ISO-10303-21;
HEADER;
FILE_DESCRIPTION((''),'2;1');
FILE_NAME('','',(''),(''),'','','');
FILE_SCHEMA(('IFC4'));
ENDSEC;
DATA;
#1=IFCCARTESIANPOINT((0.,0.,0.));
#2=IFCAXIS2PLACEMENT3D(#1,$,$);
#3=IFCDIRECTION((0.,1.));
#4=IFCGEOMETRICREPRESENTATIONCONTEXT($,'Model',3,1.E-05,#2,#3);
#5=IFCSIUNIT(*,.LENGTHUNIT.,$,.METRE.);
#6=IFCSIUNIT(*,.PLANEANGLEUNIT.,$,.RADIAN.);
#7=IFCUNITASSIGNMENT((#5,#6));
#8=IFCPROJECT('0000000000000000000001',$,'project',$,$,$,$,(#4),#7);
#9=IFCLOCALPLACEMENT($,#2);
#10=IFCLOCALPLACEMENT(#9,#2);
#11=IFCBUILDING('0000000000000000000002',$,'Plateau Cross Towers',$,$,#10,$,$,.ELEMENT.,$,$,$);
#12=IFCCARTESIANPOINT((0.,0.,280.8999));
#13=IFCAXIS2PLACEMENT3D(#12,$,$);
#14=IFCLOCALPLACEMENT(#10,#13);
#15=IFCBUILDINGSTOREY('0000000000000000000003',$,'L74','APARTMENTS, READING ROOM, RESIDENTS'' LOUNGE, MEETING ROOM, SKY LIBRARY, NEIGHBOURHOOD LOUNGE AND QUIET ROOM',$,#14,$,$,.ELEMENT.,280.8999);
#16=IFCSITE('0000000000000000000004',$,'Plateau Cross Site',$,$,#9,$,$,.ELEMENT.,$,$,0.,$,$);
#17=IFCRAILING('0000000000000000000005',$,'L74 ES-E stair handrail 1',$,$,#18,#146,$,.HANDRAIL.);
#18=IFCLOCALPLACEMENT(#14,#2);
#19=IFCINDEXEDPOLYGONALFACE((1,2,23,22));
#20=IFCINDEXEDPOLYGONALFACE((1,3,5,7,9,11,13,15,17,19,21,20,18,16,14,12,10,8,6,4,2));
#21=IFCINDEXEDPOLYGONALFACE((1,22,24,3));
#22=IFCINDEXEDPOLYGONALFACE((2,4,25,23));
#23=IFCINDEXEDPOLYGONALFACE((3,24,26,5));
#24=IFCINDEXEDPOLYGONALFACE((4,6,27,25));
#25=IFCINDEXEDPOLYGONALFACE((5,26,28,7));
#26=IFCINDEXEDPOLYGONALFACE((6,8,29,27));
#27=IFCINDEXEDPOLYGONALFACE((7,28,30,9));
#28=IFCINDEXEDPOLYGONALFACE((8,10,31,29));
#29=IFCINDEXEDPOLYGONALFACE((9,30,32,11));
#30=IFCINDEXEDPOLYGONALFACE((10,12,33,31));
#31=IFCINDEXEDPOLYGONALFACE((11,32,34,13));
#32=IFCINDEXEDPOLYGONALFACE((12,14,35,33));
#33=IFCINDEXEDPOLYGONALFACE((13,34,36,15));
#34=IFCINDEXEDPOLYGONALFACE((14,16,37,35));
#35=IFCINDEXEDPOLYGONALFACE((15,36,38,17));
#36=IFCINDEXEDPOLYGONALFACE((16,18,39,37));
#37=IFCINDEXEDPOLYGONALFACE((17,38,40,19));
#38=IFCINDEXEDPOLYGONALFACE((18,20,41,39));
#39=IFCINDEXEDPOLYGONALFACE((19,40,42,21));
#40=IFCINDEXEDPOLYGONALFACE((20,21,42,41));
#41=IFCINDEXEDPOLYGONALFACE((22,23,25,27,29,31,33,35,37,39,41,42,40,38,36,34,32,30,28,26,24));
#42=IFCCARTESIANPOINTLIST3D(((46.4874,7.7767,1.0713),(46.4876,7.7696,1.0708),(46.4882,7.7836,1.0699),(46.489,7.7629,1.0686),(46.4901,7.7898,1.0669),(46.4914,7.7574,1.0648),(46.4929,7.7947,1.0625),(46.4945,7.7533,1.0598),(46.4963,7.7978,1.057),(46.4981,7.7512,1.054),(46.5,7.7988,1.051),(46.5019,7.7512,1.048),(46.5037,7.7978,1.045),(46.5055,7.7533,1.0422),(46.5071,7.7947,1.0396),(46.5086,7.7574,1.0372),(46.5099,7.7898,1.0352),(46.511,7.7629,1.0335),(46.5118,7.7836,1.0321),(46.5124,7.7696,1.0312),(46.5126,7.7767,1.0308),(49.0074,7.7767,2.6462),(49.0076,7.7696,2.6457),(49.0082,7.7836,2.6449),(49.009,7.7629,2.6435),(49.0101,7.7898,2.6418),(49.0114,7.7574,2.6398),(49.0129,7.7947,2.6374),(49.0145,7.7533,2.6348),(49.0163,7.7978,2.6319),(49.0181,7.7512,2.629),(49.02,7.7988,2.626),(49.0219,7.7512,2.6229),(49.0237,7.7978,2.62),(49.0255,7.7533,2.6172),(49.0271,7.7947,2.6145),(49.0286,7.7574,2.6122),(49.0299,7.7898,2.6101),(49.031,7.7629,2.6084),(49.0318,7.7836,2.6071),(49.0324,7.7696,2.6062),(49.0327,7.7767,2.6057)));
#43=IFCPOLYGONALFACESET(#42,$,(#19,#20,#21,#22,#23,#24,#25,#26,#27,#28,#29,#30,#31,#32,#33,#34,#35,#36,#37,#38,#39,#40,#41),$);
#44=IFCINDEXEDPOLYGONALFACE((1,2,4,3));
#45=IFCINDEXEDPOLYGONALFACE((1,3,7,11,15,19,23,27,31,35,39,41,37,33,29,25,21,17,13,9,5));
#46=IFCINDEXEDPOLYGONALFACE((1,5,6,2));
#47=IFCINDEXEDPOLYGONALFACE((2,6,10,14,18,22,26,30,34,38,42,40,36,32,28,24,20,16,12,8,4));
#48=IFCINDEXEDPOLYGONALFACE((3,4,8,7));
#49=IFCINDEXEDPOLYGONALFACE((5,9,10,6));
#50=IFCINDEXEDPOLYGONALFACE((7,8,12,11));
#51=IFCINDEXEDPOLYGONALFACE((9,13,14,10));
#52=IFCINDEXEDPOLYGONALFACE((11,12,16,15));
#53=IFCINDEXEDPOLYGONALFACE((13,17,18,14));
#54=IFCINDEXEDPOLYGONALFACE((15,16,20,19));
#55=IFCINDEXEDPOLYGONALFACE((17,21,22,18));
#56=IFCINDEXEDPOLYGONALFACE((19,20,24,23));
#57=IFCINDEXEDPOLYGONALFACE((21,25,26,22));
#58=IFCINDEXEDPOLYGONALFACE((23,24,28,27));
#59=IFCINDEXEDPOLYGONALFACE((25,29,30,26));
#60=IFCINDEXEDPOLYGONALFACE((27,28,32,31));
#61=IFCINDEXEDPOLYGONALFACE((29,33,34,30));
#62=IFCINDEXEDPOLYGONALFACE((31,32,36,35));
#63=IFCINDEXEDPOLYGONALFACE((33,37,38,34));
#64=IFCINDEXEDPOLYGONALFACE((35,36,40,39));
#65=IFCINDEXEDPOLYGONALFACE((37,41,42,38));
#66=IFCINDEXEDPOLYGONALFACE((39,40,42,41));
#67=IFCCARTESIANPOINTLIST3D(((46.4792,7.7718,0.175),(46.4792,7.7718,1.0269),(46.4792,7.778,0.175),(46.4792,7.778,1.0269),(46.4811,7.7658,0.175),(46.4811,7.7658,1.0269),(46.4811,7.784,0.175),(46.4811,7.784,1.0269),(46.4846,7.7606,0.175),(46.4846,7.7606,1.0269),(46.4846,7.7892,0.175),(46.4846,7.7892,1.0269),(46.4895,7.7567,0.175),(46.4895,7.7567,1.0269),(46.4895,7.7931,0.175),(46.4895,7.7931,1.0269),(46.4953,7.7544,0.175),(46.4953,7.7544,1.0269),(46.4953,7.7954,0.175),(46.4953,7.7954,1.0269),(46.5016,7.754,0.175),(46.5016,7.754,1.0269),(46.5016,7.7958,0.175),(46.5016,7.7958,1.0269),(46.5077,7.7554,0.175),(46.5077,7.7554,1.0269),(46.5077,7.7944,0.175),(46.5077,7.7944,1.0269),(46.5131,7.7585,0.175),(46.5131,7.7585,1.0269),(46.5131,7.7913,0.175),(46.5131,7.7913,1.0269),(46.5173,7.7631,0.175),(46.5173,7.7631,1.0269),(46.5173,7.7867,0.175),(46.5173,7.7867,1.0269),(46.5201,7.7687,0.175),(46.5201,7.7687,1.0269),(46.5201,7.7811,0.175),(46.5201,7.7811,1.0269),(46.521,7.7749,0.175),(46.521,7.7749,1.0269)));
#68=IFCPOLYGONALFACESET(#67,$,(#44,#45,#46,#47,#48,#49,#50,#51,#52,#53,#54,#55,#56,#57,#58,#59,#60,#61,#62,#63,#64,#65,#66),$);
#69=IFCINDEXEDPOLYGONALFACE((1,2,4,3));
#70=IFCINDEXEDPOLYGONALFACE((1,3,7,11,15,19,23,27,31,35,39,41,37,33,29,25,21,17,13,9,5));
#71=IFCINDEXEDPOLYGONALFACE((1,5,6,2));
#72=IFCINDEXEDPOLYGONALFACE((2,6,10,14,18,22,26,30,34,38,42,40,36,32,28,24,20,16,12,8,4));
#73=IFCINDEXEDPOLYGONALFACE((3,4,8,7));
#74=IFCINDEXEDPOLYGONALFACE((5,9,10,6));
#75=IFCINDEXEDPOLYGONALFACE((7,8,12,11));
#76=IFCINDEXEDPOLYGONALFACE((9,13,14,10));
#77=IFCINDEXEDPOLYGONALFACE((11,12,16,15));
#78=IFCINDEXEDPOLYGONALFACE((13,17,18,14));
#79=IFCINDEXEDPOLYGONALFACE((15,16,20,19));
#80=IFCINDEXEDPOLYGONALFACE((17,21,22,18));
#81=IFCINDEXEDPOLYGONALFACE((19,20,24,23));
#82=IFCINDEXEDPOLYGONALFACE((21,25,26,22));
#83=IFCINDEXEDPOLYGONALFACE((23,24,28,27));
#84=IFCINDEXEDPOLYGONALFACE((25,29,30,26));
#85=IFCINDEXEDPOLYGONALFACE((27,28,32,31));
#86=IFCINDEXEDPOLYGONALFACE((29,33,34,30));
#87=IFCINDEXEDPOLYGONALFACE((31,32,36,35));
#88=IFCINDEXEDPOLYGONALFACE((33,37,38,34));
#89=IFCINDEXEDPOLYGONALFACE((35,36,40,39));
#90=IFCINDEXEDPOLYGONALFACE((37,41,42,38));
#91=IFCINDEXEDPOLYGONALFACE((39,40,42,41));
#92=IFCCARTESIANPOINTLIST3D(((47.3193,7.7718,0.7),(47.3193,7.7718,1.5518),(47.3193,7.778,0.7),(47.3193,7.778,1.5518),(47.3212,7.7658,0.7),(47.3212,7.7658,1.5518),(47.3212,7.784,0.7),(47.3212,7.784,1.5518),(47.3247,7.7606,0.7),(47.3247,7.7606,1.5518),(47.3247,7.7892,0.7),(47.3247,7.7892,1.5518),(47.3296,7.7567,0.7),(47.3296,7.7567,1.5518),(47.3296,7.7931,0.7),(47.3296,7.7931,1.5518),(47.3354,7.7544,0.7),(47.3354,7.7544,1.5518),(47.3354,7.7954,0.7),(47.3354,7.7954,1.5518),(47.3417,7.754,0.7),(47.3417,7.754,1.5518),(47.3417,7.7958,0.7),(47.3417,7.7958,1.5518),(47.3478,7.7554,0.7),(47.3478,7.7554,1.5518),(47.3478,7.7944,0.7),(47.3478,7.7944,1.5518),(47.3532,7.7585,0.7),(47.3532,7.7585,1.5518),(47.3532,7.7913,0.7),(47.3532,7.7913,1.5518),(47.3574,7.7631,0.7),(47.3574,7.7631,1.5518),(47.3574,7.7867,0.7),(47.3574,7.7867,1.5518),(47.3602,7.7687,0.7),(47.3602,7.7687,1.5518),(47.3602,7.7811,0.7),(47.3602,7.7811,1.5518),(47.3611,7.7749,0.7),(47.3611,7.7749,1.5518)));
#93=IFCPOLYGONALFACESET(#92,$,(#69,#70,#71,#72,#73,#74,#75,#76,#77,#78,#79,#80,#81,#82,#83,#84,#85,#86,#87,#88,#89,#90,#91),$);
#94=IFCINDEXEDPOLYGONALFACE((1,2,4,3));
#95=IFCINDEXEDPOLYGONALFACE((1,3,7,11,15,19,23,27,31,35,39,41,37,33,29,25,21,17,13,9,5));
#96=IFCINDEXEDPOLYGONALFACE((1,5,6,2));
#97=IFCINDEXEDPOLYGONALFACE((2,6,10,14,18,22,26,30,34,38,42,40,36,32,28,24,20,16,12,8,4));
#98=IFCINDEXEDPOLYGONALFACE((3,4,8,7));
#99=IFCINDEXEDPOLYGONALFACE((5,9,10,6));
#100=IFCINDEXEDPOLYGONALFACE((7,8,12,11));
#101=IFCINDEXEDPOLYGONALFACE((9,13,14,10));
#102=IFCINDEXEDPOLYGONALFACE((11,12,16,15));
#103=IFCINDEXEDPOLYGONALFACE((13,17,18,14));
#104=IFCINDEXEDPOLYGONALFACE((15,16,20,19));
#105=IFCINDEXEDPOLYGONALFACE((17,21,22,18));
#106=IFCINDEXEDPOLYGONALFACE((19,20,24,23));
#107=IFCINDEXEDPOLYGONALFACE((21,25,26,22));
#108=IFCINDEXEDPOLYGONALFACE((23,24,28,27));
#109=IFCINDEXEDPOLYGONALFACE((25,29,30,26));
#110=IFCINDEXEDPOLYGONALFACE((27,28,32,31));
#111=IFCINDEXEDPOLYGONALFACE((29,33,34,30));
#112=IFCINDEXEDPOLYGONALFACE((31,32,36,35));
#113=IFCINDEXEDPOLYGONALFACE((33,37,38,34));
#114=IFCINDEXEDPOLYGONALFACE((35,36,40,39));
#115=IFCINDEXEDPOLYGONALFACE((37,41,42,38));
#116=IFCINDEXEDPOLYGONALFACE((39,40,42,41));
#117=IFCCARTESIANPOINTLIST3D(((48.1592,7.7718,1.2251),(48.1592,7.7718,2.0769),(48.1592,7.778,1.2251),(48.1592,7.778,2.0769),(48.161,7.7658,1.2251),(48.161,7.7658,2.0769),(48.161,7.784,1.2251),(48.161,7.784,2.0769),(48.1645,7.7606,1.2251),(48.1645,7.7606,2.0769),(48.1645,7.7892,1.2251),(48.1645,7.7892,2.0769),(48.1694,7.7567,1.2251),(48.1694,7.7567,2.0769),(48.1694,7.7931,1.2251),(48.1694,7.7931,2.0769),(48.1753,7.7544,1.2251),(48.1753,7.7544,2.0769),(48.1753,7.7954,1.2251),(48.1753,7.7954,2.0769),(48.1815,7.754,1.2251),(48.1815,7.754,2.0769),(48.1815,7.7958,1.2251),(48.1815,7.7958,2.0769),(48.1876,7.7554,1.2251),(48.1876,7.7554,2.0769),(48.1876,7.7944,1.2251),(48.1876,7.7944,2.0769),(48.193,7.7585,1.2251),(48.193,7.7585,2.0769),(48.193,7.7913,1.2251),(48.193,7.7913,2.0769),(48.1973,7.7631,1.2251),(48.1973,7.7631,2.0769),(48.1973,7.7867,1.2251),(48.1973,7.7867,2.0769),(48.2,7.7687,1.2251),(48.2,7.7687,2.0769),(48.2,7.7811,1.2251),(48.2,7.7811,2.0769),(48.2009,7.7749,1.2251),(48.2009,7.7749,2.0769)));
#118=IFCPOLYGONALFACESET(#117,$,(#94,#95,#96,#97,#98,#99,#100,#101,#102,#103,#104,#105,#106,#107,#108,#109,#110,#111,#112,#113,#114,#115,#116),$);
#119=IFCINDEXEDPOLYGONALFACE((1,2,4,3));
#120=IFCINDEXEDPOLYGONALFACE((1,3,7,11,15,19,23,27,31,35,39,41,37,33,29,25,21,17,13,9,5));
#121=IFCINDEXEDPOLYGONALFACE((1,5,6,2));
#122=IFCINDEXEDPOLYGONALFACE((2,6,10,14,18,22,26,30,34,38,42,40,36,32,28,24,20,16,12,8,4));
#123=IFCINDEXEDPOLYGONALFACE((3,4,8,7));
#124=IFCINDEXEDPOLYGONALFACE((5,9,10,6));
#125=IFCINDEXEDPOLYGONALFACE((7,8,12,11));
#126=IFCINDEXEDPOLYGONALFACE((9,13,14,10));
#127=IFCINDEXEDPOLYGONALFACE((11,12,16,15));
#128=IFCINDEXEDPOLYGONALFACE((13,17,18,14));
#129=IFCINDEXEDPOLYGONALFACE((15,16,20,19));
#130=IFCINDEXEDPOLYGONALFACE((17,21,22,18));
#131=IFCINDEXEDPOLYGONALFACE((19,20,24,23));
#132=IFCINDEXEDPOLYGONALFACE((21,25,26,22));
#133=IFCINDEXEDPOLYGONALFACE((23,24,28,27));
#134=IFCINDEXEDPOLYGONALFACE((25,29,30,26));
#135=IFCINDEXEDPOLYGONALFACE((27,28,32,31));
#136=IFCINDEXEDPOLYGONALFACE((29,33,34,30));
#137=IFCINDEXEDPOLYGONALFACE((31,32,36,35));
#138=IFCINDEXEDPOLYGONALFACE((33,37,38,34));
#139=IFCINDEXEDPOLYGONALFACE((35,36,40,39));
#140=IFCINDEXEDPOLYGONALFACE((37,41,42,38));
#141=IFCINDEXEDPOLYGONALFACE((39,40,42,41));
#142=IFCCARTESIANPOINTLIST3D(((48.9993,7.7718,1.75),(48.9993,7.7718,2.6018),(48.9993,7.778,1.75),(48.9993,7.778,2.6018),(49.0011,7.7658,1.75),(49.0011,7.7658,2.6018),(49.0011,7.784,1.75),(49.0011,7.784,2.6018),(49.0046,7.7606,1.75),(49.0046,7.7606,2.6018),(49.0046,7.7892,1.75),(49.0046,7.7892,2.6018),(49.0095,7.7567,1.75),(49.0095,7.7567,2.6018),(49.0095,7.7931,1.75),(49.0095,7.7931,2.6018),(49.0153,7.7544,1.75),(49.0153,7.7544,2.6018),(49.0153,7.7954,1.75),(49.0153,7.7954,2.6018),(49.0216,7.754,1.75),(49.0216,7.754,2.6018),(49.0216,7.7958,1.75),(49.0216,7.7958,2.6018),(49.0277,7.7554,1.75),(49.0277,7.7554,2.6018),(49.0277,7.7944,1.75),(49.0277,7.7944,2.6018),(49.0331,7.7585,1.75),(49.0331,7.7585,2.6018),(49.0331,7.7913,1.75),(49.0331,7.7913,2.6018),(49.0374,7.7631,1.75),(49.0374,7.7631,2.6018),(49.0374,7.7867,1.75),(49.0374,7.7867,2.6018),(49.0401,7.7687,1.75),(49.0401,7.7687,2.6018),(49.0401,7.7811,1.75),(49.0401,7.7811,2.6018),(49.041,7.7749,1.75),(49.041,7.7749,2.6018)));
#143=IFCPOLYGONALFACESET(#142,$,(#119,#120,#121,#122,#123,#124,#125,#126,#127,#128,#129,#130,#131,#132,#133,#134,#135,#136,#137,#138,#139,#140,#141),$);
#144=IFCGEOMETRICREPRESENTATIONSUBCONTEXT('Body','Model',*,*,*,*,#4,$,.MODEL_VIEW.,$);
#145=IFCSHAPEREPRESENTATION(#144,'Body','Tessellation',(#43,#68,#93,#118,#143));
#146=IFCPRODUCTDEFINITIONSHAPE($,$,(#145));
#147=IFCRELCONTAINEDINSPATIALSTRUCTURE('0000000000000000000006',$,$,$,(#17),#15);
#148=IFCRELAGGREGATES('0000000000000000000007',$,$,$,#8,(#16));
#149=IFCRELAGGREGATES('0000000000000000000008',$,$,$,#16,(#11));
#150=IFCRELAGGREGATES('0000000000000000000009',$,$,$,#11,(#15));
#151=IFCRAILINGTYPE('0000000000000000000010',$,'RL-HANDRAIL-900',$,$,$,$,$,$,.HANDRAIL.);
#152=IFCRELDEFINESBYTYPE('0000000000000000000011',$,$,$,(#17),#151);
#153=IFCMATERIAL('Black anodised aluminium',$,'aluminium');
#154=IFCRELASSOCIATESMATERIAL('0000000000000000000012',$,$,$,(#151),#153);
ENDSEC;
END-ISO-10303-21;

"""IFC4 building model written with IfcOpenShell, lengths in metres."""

from ifc_helpers import new_model, si_unit, direction, frame, origin, origin_2d, place, context, subcontext, project, spatial, circle, extrude, material, type_object, element, save


model = new_model("IFC4")

# Units and contexts
model_context = context("Model", 3, precision=1e-05, world=origin(), true_north=direction((0.0, 1.0)))
body_context = subcontext(model_context, "Body", "Model", "MODEL_VIEW")
ifc_project = project(units=[si_unit("LENGTHUNIT", "METRE"), si_unit("PLANEANGLEUNIT", "RADIAN")], contexts=[model_context])

# Site, building, storey
site_placement = place(None, origin())
site = spatial("IfcSite", under=ifc_project, at=site_placement, Name="Plateau Cross Site", CompositionType="ELEMENT", RefElevation=0.0)
building_placement = place(site_placement, origin())
building = spatial("IfcBuilding", under=site, at=building_placement, Name="Plateau Cross Towers", CompositionType="ELEMENT")
storey_placement = place(building_placement, frame((0.0, 0.0, 280.8999)))
storey = spatial("IfcBuildingStorey", under=building, at=storey_placement, Name="L74", Description="APARTMENTS, READING ROOM, RESIDENTS' LOUNGE, MEETING ROOM, SKY LIBRARY, NEIGHBOURHOOD LOUNGE AND QUIET ROOM", CompositionType="ELEMENT", Elevation=280.8999)

# Shared definitions
ifc_material_1 = material(Name="Black anodised aluminium", Category="aluminium")

# Railing
railing_type_1 = type_object("IfcRailingType", Name="RL-HANDRAIL-900", PredefinedType="HANDRAIL", material=ifc_material_1)
railing_1_placement = place(storey_placement, frame((46.5, 7.7749, 0.175)))
element("IfcRailing", 1, at=railing_1_placement, inside=storey, type_object=railing_type_1, Name="L74 ES-E stair handrail 1", PredefinedType="HANDRAIL", context=body_context, shape_type="SweptSolid", body=[
    extrude(circle(Radius=0.0239, at=origin_2d()), frame((0.0, 0.0, 0.876), z_axis=(0.848008, 0.0, 0.529984), x_axis=(0.0, 1.0, 0.0)), (0.0, 0.0, 1.0), 2.9717),
    extrude(circle(Radius=0.021, at=origin_2d()), origin(), (0.0, 0.0, 1.0), 0.8518),
    extrude(circle(Radius=0.021, at=origin_2d()), frame((0.8401, 0.0, 0.5249)), (0.0, 0.0, 1.0), 0.8518),
    extrude(circle(Radius=0.021, at=origin_2d()), frame((1.6799, 0.0, 1.05)), (0.0, 0.0, 1.0), 0.8518),
    extrude(circle(Radius=0.021, at=origin_2d()), frame((2.52, 0.0, 1.575)), (0.0, 0.0, 1.0), 0.8518),
])

save(model, "model.ifc")
